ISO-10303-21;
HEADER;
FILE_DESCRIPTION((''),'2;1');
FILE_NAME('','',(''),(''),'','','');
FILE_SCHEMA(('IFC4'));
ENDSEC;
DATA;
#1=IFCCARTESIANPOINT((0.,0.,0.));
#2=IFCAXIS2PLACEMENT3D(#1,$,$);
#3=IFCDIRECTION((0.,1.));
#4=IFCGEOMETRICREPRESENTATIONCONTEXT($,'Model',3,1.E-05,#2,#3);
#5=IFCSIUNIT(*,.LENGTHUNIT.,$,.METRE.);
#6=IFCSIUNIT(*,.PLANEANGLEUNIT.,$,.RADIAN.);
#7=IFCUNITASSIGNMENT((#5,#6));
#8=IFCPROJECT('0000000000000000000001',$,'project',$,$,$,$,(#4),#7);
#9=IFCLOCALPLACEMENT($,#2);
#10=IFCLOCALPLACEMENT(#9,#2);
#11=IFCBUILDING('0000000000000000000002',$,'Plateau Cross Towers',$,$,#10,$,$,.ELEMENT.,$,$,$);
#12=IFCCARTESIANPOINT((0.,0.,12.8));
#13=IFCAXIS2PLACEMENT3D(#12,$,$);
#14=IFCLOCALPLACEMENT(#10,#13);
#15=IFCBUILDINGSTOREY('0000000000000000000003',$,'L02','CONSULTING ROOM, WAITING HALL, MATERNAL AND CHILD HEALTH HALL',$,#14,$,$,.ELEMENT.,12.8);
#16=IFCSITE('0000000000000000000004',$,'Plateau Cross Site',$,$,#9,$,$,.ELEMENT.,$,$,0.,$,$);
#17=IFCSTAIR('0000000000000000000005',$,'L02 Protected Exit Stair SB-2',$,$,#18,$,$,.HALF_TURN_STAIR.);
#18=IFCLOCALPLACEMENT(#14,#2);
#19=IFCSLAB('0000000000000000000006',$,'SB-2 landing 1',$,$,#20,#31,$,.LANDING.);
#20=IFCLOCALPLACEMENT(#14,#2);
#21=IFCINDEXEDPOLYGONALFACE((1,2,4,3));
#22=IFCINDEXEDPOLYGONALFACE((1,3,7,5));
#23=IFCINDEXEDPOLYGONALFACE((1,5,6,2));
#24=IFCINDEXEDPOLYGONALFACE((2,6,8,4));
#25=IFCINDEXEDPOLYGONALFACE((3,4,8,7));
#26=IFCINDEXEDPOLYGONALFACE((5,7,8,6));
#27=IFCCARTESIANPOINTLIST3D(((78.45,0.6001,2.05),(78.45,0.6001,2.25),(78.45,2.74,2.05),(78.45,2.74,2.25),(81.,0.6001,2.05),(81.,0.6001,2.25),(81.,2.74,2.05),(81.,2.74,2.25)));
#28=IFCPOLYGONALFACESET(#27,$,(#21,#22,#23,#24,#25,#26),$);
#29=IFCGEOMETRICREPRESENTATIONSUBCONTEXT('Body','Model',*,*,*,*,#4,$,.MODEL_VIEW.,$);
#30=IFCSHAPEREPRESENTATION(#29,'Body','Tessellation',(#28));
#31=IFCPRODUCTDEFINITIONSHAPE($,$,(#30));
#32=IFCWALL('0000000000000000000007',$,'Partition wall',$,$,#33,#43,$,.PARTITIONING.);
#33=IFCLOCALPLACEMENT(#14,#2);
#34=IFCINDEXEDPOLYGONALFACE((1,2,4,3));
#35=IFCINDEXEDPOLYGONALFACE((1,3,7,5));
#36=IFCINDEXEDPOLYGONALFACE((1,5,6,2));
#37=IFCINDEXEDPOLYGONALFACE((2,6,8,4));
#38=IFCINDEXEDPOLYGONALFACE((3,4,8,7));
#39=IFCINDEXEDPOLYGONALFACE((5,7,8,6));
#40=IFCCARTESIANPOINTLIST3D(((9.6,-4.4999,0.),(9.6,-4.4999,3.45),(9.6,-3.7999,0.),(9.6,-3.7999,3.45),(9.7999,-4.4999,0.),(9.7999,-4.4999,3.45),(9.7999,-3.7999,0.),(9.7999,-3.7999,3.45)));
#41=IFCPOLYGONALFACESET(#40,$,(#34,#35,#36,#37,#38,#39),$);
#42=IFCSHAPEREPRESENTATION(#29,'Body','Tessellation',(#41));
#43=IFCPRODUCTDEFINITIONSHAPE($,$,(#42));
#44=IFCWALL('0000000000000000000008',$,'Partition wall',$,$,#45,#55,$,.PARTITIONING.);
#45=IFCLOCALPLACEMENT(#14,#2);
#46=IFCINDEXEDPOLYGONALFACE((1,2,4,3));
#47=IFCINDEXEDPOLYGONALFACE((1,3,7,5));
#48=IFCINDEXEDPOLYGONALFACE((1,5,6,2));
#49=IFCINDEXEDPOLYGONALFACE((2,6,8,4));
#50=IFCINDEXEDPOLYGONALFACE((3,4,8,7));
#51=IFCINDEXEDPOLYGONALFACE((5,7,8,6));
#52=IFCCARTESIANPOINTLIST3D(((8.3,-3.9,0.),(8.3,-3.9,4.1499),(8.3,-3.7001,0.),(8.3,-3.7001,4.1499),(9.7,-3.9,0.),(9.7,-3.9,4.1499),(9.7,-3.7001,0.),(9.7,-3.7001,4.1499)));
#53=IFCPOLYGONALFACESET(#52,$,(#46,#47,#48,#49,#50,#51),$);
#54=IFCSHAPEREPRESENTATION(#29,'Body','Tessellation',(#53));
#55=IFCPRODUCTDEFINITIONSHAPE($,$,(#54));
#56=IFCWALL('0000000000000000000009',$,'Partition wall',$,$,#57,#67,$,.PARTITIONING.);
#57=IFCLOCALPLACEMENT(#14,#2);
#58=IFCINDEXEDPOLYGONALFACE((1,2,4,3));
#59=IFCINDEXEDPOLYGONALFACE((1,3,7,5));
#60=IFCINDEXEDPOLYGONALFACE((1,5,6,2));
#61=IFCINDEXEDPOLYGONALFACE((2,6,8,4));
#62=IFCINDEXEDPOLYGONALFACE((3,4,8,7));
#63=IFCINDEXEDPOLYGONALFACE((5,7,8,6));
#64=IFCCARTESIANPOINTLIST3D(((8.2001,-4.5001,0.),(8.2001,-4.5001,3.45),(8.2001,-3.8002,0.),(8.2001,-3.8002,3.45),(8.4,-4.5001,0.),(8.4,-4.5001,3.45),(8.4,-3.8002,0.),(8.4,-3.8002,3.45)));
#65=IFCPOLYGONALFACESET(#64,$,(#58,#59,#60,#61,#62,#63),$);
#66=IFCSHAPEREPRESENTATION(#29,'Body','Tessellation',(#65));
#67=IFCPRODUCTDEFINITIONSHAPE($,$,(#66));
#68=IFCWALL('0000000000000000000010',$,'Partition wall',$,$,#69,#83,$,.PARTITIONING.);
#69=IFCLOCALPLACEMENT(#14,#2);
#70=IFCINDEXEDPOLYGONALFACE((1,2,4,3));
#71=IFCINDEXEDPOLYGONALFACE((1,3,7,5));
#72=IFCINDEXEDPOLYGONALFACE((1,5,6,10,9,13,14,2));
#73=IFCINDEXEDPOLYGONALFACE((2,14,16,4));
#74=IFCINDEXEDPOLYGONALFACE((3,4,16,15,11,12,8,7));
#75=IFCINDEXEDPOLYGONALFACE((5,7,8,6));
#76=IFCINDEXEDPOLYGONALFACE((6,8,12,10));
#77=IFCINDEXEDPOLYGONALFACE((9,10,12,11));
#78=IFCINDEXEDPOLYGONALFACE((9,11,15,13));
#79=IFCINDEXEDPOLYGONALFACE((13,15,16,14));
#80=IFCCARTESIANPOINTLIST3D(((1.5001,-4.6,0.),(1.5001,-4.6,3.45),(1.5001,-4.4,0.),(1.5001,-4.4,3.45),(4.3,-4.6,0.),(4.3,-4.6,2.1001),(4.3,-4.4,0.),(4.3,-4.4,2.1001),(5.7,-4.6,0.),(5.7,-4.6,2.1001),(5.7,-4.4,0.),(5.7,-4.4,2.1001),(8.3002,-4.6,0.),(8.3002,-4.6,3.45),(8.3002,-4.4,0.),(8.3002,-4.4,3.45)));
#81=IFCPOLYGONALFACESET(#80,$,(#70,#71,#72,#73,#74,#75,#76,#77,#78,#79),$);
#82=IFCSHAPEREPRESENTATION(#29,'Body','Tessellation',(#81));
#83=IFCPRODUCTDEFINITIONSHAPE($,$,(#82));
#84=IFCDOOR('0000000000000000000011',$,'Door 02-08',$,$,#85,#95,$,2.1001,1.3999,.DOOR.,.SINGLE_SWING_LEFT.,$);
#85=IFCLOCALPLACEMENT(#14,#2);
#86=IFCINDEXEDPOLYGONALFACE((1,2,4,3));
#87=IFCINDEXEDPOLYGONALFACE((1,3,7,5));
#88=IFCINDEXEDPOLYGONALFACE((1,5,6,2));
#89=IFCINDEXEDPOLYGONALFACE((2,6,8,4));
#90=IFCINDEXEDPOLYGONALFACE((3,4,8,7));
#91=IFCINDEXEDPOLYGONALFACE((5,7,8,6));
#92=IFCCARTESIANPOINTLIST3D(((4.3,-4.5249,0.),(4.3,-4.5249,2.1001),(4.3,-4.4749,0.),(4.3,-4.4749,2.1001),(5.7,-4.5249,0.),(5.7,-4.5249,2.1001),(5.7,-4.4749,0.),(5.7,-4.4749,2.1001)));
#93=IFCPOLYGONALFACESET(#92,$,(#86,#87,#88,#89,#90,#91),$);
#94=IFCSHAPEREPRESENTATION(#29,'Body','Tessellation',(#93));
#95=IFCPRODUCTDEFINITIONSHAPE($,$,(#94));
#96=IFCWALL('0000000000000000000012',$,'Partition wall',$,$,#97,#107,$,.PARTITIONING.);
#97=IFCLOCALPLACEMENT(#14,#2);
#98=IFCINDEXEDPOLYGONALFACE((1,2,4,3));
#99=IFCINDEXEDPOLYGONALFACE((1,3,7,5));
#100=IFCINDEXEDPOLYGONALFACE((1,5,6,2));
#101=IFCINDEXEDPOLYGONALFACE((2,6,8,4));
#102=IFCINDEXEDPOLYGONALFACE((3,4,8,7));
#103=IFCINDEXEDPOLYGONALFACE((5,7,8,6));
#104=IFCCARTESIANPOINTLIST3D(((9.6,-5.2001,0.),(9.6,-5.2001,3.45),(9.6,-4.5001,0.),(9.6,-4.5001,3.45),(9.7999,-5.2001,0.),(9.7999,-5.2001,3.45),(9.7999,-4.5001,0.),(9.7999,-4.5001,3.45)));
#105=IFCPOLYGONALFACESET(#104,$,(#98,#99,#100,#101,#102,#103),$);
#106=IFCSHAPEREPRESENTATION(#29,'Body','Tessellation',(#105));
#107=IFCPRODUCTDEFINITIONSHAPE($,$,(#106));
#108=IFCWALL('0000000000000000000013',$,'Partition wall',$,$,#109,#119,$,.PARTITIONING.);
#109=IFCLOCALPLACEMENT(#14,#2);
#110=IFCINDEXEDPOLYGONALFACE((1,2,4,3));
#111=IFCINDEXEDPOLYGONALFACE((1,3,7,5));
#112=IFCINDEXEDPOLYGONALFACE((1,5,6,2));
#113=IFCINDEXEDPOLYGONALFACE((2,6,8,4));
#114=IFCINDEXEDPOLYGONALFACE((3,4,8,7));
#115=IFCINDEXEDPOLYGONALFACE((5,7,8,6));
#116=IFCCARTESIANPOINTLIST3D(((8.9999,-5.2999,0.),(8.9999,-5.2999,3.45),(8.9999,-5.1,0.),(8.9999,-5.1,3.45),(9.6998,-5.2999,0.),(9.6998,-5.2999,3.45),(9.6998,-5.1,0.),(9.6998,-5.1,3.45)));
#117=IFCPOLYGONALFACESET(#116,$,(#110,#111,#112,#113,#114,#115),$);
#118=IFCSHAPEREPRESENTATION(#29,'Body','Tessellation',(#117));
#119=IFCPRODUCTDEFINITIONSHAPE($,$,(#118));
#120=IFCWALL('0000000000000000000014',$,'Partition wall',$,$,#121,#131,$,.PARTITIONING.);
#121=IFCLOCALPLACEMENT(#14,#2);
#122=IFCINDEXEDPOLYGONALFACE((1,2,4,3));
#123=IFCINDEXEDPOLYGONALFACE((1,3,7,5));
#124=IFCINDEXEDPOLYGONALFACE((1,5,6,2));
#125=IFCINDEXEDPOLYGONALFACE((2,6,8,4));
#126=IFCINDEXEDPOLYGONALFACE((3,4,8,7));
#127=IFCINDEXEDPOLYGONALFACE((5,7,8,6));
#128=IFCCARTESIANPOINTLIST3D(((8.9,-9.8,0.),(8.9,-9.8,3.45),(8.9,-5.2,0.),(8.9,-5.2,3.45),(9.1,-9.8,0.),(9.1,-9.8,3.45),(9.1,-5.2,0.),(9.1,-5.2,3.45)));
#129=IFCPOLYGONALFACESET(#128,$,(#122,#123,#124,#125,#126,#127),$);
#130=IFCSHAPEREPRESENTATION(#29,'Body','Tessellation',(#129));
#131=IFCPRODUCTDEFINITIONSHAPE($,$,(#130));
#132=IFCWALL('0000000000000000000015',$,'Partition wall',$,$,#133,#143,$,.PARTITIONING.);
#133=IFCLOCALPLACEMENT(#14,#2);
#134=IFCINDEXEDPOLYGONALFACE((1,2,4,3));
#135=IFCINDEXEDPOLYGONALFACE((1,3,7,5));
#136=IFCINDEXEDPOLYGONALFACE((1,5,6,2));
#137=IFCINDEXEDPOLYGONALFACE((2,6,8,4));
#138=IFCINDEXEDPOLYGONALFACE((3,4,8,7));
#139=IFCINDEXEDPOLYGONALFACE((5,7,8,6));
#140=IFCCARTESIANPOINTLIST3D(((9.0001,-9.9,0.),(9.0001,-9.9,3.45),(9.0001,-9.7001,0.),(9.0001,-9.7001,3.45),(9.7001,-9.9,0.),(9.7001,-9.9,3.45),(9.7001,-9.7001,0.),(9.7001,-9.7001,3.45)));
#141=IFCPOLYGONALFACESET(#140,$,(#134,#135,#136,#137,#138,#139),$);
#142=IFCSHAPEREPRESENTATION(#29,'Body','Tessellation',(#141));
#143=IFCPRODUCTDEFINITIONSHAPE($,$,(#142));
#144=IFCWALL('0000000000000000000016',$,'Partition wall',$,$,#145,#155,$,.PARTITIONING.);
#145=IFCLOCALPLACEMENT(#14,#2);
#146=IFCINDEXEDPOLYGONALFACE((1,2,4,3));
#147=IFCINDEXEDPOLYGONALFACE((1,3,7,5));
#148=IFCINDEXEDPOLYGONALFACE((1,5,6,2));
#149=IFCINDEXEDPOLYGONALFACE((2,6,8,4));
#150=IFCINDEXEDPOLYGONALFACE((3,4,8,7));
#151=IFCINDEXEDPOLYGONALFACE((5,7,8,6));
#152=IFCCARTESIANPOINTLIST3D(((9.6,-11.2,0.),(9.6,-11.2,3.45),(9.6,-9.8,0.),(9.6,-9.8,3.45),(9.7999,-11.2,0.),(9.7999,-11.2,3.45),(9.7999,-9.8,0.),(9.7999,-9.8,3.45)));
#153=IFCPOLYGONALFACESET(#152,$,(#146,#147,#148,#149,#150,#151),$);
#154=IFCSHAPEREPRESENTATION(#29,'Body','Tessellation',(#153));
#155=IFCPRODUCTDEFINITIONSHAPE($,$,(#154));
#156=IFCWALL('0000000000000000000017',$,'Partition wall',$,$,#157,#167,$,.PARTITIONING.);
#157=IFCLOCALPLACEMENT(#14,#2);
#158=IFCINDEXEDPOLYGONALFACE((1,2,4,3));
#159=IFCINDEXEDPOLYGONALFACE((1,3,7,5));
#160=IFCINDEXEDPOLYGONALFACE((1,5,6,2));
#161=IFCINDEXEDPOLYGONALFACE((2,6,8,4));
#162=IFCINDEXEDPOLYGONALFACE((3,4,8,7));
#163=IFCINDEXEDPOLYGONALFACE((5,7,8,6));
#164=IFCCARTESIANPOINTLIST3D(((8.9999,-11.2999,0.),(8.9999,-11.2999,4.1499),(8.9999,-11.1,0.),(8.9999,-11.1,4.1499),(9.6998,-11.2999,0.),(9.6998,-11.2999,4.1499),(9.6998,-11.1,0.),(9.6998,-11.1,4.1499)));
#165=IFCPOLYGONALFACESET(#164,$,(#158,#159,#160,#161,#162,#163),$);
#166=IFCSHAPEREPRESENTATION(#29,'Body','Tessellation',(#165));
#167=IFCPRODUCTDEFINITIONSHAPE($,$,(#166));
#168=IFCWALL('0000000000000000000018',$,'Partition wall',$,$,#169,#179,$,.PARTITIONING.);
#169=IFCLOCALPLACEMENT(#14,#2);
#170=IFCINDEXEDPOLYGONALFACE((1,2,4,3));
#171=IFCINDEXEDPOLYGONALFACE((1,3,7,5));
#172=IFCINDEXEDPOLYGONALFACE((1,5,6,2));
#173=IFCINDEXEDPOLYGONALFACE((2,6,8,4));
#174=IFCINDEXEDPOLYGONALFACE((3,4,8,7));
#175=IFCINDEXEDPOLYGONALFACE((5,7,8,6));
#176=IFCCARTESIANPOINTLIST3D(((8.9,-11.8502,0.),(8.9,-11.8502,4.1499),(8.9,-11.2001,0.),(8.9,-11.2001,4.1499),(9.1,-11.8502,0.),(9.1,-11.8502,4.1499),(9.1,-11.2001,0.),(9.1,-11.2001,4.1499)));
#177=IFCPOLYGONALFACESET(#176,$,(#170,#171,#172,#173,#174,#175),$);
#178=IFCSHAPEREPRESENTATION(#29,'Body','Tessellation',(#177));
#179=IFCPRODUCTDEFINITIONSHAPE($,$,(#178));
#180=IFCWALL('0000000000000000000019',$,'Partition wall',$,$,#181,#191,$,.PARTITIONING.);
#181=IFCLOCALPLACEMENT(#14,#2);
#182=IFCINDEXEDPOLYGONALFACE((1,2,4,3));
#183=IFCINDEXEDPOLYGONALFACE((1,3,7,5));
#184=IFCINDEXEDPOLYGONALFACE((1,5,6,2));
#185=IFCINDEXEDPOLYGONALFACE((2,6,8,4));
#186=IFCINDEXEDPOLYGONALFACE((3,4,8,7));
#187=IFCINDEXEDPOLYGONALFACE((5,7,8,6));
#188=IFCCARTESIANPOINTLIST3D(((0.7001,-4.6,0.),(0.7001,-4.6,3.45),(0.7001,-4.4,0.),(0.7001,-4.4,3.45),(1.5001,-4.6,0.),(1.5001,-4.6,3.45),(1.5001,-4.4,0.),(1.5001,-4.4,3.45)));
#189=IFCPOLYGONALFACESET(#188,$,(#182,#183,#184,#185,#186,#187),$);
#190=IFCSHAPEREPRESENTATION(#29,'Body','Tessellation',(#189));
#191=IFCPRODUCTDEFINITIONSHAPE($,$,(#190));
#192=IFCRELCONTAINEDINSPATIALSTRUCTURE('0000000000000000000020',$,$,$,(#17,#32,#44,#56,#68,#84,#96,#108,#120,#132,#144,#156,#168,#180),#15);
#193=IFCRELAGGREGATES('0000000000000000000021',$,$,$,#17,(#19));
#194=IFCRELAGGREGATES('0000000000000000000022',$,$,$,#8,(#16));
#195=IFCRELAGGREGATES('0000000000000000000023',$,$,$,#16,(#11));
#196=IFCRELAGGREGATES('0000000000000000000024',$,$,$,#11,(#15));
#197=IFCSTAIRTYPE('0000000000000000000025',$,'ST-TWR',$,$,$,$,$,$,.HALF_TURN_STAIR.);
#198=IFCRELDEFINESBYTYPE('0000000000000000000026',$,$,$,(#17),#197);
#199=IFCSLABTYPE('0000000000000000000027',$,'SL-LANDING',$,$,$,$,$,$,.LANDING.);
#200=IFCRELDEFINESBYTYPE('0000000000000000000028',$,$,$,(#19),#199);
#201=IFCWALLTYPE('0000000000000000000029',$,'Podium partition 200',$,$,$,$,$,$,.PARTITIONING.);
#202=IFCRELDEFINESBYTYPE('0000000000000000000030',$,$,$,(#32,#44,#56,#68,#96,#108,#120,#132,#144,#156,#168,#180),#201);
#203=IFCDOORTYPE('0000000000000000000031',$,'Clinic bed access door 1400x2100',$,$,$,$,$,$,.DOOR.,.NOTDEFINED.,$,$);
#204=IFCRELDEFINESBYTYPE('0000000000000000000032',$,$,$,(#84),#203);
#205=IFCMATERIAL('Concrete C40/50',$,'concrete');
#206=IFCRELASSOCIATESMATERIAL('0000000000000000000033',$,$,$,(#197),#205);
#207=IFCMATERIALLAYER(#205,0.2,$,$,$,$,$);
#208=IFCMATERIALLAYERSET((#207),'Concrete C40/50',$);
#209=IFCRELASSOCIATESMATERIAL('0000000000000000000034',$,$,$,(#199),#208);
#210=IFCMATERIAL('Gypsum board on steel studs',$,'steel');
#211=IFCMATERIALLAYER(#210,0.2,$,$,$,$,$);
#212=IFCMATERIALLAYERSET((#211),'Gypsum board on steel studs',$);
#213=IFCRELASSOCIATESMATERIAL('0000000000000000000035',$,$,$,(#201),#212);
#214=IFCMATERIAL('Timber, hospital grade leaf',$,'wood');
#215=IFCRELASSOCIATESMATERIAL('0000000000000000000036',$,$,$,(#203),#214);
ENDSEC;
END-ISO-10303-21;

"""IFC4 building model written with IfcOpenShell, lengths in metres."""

from ifc_helpers import new_model, si_unit, direction, frame, frame_2d, origin, place, context, subcontext, project, spatial, polyline, rectangle, outline, extrude, material, layer, layer_set, type_object, element, fill, aggregate, save


model = new_model("IFC4")

# Units and contexts
model_context = context("Model", 3, precision=1e-05, world=origin(), true_north=direction((0.0, 1.0)))
body_context = subcontext(model_context, "Body", "Model", "MODEL_VIEW")
ifc_project = project(units=[si_unit("LENGTHUNIT", "METRE"), si_unit("PLANEANGLEUNIT", "RADIAN")], contexts=[model_context])

# Site, building, storey
site_placement = place(None, origin())
site = spatial("IfcSite", under=ifc_project, at=site_placement, Name="Plateau Cross Site", CompositionType="ELEMENT", RefElevation=0.0)
building_placement = place(site_placement, origin())
building = spatial("IfcBuilding", under=site, at=building_placement, Name="Plateau Cross Towers", CompositionType="ELEMENT")
storey_placement = place(building_placement, frame((0.0, 0.0, 12.8)))
storey = spatial("IfcBuildingStorey", under=building, at=storey_placement, Name="L02", Description="CONSULTING ROOM, WAITING HALL, MATERNAL AND CHILD HEALTH HALL", CompositionType="ELEMENT", Elevation=12.8)

# Shared definitions
ifc_material_1 = material(Name="Concrete C40/50", Category="concrete")

# Stair, slab
stair_type = type_object("IfcStairType", Name="ST-TWR", PredefinedType="HALF_TURN_STAIR", material=ifc_material_1)
ifc_layer_1 = layer(ifc_material_1, 0.2)
ifc_layer_set_1 = layer_set([ifc_layer_1], Name="Concrete C40/50")
slab_type_1 = type_object("IfcSlabType", Name="SL-LANDING", PredefinedType="LANDING", material=ifc_layer_set_1)
stair_1_placement = place(storey_placement, origin())
stair_1 = element("IfcStair", 1, at=stair_1_placement, inside=storey, type_object=stair_type, Name="L02 Protected Exit Stair SB-2", PredefinedType="HALF_TURN_STAIR")
slab_1_placement = place(storey_placement, frame((0.0, 0.0, 2.05)))
slab_1 = element("IfcSlab", 2, at=slab_1_placement, type_object=slab_type_1, Name="SB-2 landing 1", PredefinedType="LANDING", context=body_context, shape_type="SweptSolid", body=[
    extrude(outline(polyline([(78.45, 2.74), (78.45, 0.6001), (81.0, 0.6001), (81.0, 2.74), (78.45, 2.74)])), origin(), (0.0, 0.0, 1.0), 0.2),
])
aggregate(stair_1, [slab_1])

# Walls
ifc_material_2 = material(Name="Gypsum board on steel studs", Category="steel")
ifc_layer_2 = layer(ifc_material_2, 0.2)
ifc_layer_set_2 = layer_set([ifc_layer_2], Name="Gypsum board on steel studs")
wall_type = type_object("IfcWallType", Name="Podium partition 200", PredefinedType="PARTITIONING", material=ifc_layer_set_2)
wall_1_placement = place(storey_placement, frame((9.7, -4.5, 0.0), z_axis=(0.0, 0.0, 1.0), x_axis=(0.0, 1.0, 0.0)))
element("IfcWall", 3, at=wall_1_placement, inside=storey, type_object=wall_type, Name="Partition wall", PredefinedType="PARTITIONING", context=body_context, shape_type="SweptSolid", body=[
    extrude(rectangle(XDim=0.7, YDim=0.2, at=frame_2d((0.3501, 0.0))), origin(), (0.0, 0.0, 1.0), 3.45),
])
wall_2_placement = place(storey_placement, frame((9.7, -3.8, 0.0), z_axis=(0.0, 0.0, 1.0), x_axis=(-1.0, 0.0, 0.0)))
element("IfcWall", 4, at=wall_2_placement, inside=storey, type_object=wall_type, Name="Partition wall", PredefinedType="PARTITIONING", context=body_context, shape_type="SweptSolid", body=[
    extrude(rectangle(XDim=1.3999, YDim=0.2, at=frame_2d((0.7, 0.0))), origin(), (0.0, 0.0, 1.0), 4.1499),
])
wall_3_placement = place(storey_placement, frame((8.3, -3.8, 0.0), z_axis=(0.0, 0.0, 1.0), x_axis=(0.0, -1.0, 0.0)))
element("IfcWall", 5, at=wall_3_placement, inside=storey, type_object=wall_type, Name="Partition wall", PredefinedType="PARTITIONING", context=body_context, shape_type="SweptSolid", body=[
    extrude(rectangle(XDim=0.7, YDim=0.2, at=frame_2d((0.3501, 0.0))), origin(), (0.0, 0.0, 1.0), 3.45),
])

# Wall, opening, door
wall_4_placement = place(storey_placement, frame((8.3, -4.5, 0.0), z_axis=(0.0, 0.0, 1.0), x_axis=(-1.0, 0.0, 0.0)))
wall_4 = element("IfcWall", 6, at=wall_4_placement, inside=storey, type_object=wall_type, Name="Partition wall", PredefinedType="PARTITIONING", context=body_context, shape_type="SweptSolid", body=[
    extrude(rectangle(XDim=6.8, YDim=0.2, at=frame_2d((3.3999, 0.0))), origin(), (0.0, 0.0, 1.0), 3.45),
])
opening_placement = place(wall_4_placement, frame((2.6001, 0.0, 0.0)))
opening = element("IfcOpeningElement", 7, at=opening_placement, cuts=wall_4, PredefinedType="OPENING", context=body_context, shape_type="SweptSolid", body=[
    extrude(rectangle(XDim=1.3999, YDim=2.1001, at=frame_2d((0.7, 1.05))), frame((0.0, 0.1099, 0.0), z_axis=(0.0, -1.0, 0.0), x_axis=(1.0, 0.0, 0.0)), (0.0, 0.0, 1.0), 0.22),
])
ifc_material_3 = material(Name="Timber, hospital grade leaf", Category="wood")
door_type = type_object("IfcDoorType", Name="Clinic bed access door 1400x2100", OperationType="NOTDEFINED", PredefinedType="DOOR", material=ifc_material_3)
door_placement = place(opening_placement, origin())
door = element("IfcDoor", 8, at=door_placement, inside=storey, type_object=door_type, Name="Door 02-08", OperationType="SINGLE_SWING_LEFT", OverallHeight=2.1001, OverallWidth=1.3999, PredefinedType="DOOR", context=body_context, shape_type="SweptSolid", body=[
    extrude(rectangle(XDim=1.3999, YDim=2.1001, at=frame_2d((0.7, 1.05))), frame((0.0, 0.0249, 0.0), z_axis=(0.0, -1.0, 0.0), x_axis=(1.0, 0.0, 0.0)), (0.0, 0.0, 1.0), 0.05),
])
fill(opening, door)

# Walls
for number, where, z_axis, x_axis, name in (
    (9, (9.7, -4.5, 0.0), (0.0, 0.0, 1.0), (0.0, -1.0, 0.0), "Partition wall"),
    (10, (9.7, -5.2, 0.0), (0.0, 0.0, 1.0), (-1.0, 0.0, 0.0), "Partition wall"),
):
    element("IfcWall", number, at=place(storey_placement, frame(where, z_axis=z_axis, x_axis=x_axis)), inside=storey, type_object=wall_type, Name=name, PredefinedType="PARTITIONING", context=body_context, shape_type="SweptSolid", body=[
        extrude(rectangle(XDim=0.7, YDim=0.2, at=frame_2d((0.3501, 0.0))), origin(), (0.0, 0.0, 1.0), 3.45),
    ])
wall_5_placement = place(storey_placement, frame((9.0, -5.2, 0.0), z_axis=(0.0, 0.0, 1.0), x_axis=(0.0, -1.0, 0.0)))
element("IfcWall", 11, at=wall_5_placement, inside=storey, type_object=wall_type, Name="Partition wall", PredefinedType="PARTITIONING", context=body_context, shape_type="SweptSolid", body=[
    extrude(rectangle(XDim=4.6001, YDim=0.2, at=frame_2d((2.3, 0.0))), origin(), (0.0, 0.0, 1.0), 3.45),
])
wall_6_placement = place(storey_placement, frame((9.0, -9.8, 0.0), z_axis=(0.0, 0.0, 1.0), x_axis=(1.0, 0.0, 0.0)))
element("IfcWall", 12, at=wall_6_placement, inside=storey, type_object=wall_type, Name="Partition wall", PredefinedType="PARTITIONING", context=body_context, shape_type="SweptSolid", body=[
    extrude(rectangle(XDim=0.7, YDim=0.2, at=frame_2d((0.3501, 0.0))), origin(), (0.0, 0.0, 1.0), 3.45),
])
wall_7_placement = place(storey_placement, frame((9.7, -9.8, 0.0), z_axis=(0.0, 0.0, 1.0), x_axis=(0.0, -1.0, 0.0)))
element("IfcWall", 13, at=wall_7_placement, inside=storey, type_object=wall_type, Name="Partition wall", PredefinedType="PARTITIONING", context=body_context, shape_type="SweptSolid", body=[
    extrude(rectangle(XDim=1.3999, YDim=0.2, at=frame_2d((0.7, 0.0))), origin(), (0.0, 0.0, 1.0), 3.45),
])
wall_8_placement = place(storey_placement, frame((9.7, -11.2, 0.0), z_axis=(0.0, 0.0, 1.0), x_axis=(-1.0, 0.0, 0.0)))
element("IfcWall", 14, at=wall_8_placement, inside=storey, type_object=wall_type, Name="Partition wall", PredefinedType="PARTITIONING", context=body_context, shape_type="SweptSolid", body=[
    extrude(rectangle(XDim=0.7, YDim=0.2, at=frame_2d((0.3501, 0.0))), origin(), (0.0, 0.0, 1.0), 4.1499),
])
wall_9_placement = place(storey_placement, frame((9.0, -11.2, 0.0), z_axis=(0.0, 0.0, 1.0), x_axis=(0.0, -1.0, 0.0)))
element("IfcWall", 15, at=wall_9_placement, inside=storey, type_object=wall_type, Name="Partition wall", PredefinedType="PARTITIONING", context=body_context, shape_type="SweptSolid", body=[
    extrude(rectangle(XDim=0.6501, YDim=0.2, at=frame_2d((0.3252, 0.0))), origin(), (0.0, 0.0, 1.0), 4.1499),
])
wall_10_placement = place(storey_placement, frame((1.5, -4.5, 0.0), z_axis=(0.0, 0.0, 1.0), x_axis=(-1.0, 0.0, 0.0)))
element("IfcWall", 16, at=wall_10_placement, inside=storey, type_object=wall_type, Name="Partition wall", PredefinedType="PARTITIONING", context=body_context, shape_type="SweptSolid", body=[
    extrude(rectangle(XDim=0.8, YDim=0.2, at=frame_2d((0.3999, 0.0))), origin(), (0.0, 0.0, 1.0), 3.45),
])

save(model, "model.ifc")
